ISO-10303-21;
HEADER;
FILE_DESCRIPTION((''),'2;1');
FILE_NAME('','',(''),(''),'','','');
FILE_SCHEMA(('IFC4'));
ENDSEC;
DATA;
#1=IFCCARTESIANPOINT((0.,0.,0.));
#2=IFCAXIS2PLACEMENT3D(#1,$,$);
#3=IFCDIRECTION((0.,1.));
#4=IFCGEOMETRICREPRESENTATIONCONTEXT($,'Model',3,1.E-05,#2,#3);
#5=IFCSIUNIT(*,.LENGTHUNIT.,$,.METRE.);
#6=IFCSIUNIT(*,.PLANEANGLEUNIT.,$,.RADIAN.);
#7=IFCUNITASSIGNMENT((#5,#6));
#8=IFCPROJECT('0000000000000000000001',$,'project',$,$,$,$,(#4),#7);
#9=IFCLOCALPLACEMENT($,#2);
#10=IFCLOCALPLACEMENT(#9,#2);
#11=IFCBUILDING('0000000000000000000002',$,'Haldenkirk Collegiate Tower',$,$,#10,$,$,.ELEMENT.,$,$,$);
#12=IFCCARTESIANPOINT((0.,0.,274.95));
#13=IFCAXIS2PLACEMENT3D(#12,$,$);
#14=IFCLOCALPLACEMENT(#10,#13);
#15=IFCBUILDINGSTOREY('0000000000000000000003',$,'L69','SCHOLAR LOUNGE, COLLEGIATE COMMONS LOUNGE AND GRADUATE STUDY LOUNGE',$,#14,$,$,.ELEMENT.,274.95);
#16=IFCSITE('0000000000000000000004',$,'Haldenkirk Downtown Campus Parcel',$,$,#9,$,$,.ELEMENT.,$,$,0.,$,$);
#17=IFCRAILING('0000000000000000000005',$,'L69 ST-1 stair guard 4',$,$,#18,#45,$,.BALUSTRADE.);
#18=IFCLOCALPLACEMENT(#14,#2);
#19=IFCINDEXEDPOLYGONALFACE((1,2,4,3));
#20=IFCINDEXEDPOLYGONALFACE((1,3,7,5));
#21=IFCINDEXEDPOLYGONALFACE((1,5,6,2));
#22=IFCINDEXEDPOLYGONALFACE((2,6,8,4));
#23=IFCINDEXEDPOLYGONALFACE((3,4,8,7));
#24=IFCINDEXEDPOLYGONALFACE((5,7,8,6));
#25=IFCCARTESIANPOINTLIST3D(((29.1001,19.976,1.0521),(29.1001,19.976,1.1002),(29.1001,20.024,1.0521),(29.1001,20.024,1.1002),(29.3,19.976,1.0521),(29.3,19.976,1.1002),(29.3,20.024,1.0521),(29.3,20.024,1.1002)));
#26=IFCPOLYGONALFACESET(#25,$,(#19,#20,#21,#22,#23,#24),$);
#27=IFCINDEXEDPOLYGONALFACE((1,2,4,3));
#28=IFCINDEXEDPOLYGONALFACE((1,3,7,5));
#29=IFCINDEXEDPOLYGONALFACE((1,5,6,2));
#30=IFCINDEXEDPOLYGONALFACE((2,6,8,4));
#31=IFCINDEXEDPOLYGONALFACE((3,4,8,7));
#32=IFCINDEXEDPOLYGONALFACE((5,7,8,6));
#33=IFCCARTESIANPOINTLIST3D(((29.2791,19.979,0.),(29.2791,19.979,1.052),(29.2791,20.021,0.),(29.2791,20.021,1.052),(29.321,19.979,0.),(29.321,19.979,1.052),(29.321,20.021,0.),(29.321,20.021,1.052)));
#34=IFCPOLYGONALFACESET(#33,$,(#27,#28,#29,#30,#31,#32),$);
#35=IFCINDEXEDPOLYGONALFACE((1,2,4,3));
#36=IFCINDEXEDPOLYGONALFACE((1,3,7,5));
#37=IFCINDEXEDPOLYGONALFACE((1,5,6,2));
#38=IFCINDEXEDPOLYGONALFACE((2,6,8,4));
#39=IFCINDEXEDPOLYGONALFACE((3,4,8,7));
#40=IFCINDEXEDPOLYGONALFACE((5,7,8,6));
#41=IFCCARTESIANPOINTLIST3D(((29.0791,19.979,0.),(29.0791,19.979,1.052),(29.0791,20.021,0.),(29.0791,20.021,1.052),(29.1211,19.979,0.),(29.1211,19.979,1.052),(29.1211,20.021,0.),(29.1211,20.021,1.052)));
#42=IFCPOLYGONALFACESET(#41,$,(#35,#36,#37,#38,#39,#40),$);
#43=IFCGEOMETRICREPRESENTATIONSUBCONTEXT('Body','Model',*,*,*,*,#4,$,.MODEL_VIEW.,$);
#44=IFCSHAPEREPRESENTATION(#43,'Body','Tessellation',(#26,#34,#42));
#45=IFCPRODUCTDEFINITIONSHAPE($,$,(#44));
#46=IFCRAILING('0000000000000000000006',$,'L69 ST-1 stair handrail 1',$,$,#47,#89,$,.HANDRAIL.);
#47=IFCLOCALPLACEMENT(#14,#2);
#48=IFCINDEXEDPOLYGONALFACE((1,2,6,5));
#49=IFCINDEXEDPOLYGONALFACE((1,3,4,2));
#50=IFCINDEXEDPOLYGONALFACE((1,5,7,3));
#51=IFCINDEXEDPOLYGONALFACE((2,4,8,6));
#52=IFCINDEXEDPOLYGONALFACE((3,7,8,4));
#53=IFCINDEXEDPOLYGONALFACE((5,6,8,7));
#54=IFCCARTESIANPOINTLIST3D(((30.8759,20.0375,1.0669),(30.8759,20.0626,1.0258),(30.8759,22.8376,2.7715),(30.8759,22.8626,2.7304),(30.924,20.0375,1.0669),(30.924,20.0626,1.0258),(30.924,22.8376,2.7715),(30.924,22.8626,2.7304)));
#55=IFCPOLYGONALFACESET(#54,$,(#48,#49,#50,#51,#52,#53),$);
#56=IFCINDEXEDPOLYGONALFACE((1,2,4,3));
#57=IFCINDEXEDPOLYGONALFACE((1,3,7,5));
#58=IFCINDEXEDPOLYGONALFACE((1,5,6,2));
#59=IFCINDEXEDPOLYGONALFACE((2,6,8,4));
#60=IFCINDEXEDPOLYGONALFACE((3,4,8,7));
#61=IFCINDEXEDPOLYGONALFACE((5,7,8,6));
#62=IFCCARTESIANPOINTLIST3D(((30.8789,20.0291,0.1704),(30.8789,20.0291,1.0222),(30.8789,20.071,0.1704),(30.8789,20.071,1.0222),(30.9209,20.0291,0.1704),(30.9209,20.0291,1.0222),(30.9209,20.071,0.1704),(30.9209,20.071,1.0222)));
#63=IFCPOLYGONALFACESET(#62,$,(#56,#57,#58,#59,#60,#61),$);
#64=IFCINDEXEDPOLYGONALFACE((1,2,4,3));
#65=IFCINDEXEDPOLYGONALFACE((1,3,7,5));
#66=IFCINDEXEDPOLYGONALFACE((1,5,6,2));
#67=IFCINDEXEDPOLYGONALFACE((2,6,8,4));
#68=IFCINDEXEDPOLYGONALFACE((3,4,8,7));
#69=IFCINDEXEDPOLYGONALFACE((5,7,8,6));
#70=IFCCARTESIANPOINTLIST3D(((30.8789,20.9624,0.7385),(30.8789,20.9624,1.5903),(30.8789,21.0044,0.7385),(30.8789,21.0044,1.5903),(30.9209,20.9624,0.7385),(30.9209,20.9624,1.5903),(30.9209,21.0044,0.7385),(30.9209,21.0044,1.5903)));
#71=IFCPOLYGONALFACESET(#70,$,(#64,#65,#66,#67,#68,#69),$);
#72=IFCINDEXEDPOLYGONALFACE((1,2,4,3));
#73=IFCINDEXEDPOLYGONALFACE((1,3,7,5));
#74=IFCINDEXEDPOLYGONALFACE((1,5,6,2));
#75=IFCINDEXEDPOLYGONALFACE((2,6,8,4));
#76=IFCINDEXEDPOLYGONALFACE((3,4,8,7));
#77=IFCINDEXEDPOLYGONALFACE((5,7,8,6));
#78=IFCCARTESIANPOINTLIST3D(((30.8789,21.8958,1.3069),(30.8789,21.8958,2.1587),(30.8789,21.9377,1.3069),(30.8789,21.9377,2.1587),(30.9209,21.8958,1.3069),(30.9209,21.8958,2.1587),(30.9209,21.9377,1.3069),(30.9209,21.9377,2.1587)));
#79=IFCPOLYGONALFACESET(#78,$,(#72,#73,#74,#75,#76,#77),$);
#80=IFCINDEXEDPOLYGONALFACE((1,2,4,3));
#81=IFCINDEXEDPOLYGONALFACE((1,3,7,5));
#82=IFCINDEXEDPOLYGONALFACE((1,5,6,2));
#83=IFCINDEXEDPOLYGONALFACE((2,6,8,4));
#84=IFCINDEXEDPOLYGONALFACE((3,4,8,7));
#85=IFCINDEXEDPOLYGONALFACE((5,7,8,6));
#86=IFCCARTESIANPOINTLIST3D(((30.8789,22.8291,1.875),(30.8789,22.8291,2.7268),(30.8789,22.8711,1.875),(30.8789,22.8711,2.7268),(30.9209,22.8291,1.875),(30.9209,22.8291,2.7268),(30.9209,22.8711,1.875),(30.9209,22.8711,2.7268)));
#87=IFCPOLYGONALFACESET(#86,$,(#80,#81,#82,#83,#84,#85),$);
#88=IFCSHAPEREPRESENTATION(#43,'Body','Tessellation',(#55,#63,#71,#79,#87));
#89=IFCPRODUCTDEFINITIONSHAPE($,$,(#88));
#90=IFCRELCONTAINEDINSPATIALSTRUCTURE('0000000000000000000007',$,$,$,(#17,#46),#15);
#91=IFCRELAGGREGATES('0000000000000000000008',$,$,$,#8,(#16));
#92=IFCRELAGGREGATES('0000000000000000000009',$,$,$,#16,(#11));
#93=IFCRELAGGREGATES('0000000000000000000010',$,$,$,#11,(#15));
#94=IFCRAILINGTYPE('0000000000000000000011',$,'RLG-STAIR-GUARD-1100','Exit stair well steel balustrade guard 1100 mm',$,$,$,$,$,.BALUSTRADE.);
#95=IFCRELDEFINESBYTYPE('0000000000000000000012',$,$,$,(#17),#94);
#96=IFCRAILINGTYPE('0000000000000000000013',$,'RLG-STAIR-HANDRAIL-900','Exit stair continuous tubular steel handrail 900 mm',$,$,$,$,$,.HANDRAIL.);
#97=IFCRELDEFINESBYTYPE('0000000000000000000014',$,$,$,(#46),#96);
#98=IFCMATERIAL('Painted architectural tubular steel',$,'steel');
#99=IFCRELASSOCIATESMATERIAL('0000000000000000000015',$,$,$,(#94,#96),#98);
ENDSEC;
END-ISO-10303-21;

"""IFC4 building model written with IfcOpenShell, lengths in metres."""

from ifc_helpers import new_model, si_unit, direction, frame, origin, origin_2d, place, context, subcontext, project, spatial, rectangle, extrude, material, type_object, element, save


model = new_model("IFC4")

# Units and contexts
model_context = context("Model", 3, precision=1e-05, world=origin(), true_north=direction((0.0, 1.0)))
body_context = subcontext(model_context, "Body", "Model", "MODEL_VIEW")
ifc_project = project(units=[si_unit("LENGTHUNIT", "METRE"), si_unit("PLANEANGLEUNIT", "RADIAN")], contexts=[model_context])

# Site, building, storey
site_placement = place(None, origin())
site = spatial("IfcSite", under=ifc_project, at=site_placement, Name="Haldenkirk Downtown Campus Parcel", CompositionType="ELEMENT", RefElevation=0.0)
building_placement = place(site_placement, origin())
building = spatial("IfcBuilding", under=site, at=building_placement, Name="Haldenkirk Collegiate Tower", CompositionType="ELEMENT")
storey_placement = place(building_placement, frame((0.0, 0.0, 274.95)))
storey = spatial("IfcBuildingStorey", under=building, at=storey_placement, Name="L69", Description="SCHOLAR LOUNGE, COLLEGIATE COMMONS LOUNGE AND GRADUATE STUDY LOUNGE", CompositionType="ELEMENT", Elevation=274.95)

# Railings
ifc_material_1 = material(Name="Painted architectural tubular steel", Category="steel")
railing_type_1 = type_object("IfcRailingType", Name="RLG-STAIR-GUARD-1100", Description="Exit stair well steel balustrade guard 1100 mm", PredefinedType="BALUSTRADE", material=ifc_material_1)
railing_1_placement = place(storey_placement, frame((29.3, 20.0, 0.0)))
element("IfcRailing", 1, at=railing_1_placement, inside=storey, type_object=railing_type_1, Name="L69 ST-1 stair guard 4", PredefinedType="BALUSTRADE", context=body_context, shape_type="SweptSolid", body=[
    extrude(rectangle(XDim=0.0481, YDim=0.0481, at=origin_2d()), frame((0.0, 0.0, 1.0762), z_axis=(-1.0, 0.0, 0.0), x_axis=(0.0, -1.0, 0.0)), (0.0, 0.0, 1.0), 0.2),
    extrude(rectangle(XDim=0.042, YDim=0.042, at=origin_2d()), origin(), (0.0, 0.0, 1.0), 1.052),
    extrude(rectangle(XDim=0.042, YDim=0.042, at=origin_2d()), frame((-0.2, 0.0, 0.0)), (0.0, 0.0, 1.0), 1.052),
])
railing_type_2 = type_object("IfcRailingType", Name="RLG-STAIR-HANDRAIL-900", Description="Exit stair continuous tubular steel handrail 900 mm", PredefinedType="HANDRAIL", material=ifc_material_1)
railing_2_placement = place(storey_placement, frame((30.8999, 20.05, 0.1704)))
element("IfcRailing", 2, at=railing_2_placement, inside=storey, type_object=railing_type_2, Name="L69 ST-1 stair handrail 1", PredefinedType="HANDRAIL", context=body_context, shape_type="SweptSolid", body=[
    extrude(rectangle(XDim=0.0481, YDim=0.0481, at=origin_2d()), frame((0.0, 0.0, 0.876), z_axis=(0.0, 0.85417, 0.519994), x_axis=(-1.0, 0.0, 0.0)), (0.0, 0.0, 1.0), 3.2781),
    extrude(rectangle(XDim=0.042, YDim=0.042, at=origin_2d()), origin(), (0.0, 0.0, 1.0), 0.8518),
    extrude(rectangle(XDim=0.042, YDim=0.042, at=origin_2d()), frame((0.0, 0.9333, 0.5681)), (0.0, 0.0, 1.0), 0.8518),
    extrude(rectangle(XDim=0.042, YDim=0.042, at=origin_2d()), frame((0.0, 1.8667, 1.1365)), (0.0, 0.0, 1.0), 0.8518),
    extrude(rectangle(XDim=0.042, YDim=0.042, at=origin_2d()), frame((0.0, 2.8, 1.7046)), (0.0, 0.0, 1.0), 0.8518),
])

save(model, "model.ifc")
